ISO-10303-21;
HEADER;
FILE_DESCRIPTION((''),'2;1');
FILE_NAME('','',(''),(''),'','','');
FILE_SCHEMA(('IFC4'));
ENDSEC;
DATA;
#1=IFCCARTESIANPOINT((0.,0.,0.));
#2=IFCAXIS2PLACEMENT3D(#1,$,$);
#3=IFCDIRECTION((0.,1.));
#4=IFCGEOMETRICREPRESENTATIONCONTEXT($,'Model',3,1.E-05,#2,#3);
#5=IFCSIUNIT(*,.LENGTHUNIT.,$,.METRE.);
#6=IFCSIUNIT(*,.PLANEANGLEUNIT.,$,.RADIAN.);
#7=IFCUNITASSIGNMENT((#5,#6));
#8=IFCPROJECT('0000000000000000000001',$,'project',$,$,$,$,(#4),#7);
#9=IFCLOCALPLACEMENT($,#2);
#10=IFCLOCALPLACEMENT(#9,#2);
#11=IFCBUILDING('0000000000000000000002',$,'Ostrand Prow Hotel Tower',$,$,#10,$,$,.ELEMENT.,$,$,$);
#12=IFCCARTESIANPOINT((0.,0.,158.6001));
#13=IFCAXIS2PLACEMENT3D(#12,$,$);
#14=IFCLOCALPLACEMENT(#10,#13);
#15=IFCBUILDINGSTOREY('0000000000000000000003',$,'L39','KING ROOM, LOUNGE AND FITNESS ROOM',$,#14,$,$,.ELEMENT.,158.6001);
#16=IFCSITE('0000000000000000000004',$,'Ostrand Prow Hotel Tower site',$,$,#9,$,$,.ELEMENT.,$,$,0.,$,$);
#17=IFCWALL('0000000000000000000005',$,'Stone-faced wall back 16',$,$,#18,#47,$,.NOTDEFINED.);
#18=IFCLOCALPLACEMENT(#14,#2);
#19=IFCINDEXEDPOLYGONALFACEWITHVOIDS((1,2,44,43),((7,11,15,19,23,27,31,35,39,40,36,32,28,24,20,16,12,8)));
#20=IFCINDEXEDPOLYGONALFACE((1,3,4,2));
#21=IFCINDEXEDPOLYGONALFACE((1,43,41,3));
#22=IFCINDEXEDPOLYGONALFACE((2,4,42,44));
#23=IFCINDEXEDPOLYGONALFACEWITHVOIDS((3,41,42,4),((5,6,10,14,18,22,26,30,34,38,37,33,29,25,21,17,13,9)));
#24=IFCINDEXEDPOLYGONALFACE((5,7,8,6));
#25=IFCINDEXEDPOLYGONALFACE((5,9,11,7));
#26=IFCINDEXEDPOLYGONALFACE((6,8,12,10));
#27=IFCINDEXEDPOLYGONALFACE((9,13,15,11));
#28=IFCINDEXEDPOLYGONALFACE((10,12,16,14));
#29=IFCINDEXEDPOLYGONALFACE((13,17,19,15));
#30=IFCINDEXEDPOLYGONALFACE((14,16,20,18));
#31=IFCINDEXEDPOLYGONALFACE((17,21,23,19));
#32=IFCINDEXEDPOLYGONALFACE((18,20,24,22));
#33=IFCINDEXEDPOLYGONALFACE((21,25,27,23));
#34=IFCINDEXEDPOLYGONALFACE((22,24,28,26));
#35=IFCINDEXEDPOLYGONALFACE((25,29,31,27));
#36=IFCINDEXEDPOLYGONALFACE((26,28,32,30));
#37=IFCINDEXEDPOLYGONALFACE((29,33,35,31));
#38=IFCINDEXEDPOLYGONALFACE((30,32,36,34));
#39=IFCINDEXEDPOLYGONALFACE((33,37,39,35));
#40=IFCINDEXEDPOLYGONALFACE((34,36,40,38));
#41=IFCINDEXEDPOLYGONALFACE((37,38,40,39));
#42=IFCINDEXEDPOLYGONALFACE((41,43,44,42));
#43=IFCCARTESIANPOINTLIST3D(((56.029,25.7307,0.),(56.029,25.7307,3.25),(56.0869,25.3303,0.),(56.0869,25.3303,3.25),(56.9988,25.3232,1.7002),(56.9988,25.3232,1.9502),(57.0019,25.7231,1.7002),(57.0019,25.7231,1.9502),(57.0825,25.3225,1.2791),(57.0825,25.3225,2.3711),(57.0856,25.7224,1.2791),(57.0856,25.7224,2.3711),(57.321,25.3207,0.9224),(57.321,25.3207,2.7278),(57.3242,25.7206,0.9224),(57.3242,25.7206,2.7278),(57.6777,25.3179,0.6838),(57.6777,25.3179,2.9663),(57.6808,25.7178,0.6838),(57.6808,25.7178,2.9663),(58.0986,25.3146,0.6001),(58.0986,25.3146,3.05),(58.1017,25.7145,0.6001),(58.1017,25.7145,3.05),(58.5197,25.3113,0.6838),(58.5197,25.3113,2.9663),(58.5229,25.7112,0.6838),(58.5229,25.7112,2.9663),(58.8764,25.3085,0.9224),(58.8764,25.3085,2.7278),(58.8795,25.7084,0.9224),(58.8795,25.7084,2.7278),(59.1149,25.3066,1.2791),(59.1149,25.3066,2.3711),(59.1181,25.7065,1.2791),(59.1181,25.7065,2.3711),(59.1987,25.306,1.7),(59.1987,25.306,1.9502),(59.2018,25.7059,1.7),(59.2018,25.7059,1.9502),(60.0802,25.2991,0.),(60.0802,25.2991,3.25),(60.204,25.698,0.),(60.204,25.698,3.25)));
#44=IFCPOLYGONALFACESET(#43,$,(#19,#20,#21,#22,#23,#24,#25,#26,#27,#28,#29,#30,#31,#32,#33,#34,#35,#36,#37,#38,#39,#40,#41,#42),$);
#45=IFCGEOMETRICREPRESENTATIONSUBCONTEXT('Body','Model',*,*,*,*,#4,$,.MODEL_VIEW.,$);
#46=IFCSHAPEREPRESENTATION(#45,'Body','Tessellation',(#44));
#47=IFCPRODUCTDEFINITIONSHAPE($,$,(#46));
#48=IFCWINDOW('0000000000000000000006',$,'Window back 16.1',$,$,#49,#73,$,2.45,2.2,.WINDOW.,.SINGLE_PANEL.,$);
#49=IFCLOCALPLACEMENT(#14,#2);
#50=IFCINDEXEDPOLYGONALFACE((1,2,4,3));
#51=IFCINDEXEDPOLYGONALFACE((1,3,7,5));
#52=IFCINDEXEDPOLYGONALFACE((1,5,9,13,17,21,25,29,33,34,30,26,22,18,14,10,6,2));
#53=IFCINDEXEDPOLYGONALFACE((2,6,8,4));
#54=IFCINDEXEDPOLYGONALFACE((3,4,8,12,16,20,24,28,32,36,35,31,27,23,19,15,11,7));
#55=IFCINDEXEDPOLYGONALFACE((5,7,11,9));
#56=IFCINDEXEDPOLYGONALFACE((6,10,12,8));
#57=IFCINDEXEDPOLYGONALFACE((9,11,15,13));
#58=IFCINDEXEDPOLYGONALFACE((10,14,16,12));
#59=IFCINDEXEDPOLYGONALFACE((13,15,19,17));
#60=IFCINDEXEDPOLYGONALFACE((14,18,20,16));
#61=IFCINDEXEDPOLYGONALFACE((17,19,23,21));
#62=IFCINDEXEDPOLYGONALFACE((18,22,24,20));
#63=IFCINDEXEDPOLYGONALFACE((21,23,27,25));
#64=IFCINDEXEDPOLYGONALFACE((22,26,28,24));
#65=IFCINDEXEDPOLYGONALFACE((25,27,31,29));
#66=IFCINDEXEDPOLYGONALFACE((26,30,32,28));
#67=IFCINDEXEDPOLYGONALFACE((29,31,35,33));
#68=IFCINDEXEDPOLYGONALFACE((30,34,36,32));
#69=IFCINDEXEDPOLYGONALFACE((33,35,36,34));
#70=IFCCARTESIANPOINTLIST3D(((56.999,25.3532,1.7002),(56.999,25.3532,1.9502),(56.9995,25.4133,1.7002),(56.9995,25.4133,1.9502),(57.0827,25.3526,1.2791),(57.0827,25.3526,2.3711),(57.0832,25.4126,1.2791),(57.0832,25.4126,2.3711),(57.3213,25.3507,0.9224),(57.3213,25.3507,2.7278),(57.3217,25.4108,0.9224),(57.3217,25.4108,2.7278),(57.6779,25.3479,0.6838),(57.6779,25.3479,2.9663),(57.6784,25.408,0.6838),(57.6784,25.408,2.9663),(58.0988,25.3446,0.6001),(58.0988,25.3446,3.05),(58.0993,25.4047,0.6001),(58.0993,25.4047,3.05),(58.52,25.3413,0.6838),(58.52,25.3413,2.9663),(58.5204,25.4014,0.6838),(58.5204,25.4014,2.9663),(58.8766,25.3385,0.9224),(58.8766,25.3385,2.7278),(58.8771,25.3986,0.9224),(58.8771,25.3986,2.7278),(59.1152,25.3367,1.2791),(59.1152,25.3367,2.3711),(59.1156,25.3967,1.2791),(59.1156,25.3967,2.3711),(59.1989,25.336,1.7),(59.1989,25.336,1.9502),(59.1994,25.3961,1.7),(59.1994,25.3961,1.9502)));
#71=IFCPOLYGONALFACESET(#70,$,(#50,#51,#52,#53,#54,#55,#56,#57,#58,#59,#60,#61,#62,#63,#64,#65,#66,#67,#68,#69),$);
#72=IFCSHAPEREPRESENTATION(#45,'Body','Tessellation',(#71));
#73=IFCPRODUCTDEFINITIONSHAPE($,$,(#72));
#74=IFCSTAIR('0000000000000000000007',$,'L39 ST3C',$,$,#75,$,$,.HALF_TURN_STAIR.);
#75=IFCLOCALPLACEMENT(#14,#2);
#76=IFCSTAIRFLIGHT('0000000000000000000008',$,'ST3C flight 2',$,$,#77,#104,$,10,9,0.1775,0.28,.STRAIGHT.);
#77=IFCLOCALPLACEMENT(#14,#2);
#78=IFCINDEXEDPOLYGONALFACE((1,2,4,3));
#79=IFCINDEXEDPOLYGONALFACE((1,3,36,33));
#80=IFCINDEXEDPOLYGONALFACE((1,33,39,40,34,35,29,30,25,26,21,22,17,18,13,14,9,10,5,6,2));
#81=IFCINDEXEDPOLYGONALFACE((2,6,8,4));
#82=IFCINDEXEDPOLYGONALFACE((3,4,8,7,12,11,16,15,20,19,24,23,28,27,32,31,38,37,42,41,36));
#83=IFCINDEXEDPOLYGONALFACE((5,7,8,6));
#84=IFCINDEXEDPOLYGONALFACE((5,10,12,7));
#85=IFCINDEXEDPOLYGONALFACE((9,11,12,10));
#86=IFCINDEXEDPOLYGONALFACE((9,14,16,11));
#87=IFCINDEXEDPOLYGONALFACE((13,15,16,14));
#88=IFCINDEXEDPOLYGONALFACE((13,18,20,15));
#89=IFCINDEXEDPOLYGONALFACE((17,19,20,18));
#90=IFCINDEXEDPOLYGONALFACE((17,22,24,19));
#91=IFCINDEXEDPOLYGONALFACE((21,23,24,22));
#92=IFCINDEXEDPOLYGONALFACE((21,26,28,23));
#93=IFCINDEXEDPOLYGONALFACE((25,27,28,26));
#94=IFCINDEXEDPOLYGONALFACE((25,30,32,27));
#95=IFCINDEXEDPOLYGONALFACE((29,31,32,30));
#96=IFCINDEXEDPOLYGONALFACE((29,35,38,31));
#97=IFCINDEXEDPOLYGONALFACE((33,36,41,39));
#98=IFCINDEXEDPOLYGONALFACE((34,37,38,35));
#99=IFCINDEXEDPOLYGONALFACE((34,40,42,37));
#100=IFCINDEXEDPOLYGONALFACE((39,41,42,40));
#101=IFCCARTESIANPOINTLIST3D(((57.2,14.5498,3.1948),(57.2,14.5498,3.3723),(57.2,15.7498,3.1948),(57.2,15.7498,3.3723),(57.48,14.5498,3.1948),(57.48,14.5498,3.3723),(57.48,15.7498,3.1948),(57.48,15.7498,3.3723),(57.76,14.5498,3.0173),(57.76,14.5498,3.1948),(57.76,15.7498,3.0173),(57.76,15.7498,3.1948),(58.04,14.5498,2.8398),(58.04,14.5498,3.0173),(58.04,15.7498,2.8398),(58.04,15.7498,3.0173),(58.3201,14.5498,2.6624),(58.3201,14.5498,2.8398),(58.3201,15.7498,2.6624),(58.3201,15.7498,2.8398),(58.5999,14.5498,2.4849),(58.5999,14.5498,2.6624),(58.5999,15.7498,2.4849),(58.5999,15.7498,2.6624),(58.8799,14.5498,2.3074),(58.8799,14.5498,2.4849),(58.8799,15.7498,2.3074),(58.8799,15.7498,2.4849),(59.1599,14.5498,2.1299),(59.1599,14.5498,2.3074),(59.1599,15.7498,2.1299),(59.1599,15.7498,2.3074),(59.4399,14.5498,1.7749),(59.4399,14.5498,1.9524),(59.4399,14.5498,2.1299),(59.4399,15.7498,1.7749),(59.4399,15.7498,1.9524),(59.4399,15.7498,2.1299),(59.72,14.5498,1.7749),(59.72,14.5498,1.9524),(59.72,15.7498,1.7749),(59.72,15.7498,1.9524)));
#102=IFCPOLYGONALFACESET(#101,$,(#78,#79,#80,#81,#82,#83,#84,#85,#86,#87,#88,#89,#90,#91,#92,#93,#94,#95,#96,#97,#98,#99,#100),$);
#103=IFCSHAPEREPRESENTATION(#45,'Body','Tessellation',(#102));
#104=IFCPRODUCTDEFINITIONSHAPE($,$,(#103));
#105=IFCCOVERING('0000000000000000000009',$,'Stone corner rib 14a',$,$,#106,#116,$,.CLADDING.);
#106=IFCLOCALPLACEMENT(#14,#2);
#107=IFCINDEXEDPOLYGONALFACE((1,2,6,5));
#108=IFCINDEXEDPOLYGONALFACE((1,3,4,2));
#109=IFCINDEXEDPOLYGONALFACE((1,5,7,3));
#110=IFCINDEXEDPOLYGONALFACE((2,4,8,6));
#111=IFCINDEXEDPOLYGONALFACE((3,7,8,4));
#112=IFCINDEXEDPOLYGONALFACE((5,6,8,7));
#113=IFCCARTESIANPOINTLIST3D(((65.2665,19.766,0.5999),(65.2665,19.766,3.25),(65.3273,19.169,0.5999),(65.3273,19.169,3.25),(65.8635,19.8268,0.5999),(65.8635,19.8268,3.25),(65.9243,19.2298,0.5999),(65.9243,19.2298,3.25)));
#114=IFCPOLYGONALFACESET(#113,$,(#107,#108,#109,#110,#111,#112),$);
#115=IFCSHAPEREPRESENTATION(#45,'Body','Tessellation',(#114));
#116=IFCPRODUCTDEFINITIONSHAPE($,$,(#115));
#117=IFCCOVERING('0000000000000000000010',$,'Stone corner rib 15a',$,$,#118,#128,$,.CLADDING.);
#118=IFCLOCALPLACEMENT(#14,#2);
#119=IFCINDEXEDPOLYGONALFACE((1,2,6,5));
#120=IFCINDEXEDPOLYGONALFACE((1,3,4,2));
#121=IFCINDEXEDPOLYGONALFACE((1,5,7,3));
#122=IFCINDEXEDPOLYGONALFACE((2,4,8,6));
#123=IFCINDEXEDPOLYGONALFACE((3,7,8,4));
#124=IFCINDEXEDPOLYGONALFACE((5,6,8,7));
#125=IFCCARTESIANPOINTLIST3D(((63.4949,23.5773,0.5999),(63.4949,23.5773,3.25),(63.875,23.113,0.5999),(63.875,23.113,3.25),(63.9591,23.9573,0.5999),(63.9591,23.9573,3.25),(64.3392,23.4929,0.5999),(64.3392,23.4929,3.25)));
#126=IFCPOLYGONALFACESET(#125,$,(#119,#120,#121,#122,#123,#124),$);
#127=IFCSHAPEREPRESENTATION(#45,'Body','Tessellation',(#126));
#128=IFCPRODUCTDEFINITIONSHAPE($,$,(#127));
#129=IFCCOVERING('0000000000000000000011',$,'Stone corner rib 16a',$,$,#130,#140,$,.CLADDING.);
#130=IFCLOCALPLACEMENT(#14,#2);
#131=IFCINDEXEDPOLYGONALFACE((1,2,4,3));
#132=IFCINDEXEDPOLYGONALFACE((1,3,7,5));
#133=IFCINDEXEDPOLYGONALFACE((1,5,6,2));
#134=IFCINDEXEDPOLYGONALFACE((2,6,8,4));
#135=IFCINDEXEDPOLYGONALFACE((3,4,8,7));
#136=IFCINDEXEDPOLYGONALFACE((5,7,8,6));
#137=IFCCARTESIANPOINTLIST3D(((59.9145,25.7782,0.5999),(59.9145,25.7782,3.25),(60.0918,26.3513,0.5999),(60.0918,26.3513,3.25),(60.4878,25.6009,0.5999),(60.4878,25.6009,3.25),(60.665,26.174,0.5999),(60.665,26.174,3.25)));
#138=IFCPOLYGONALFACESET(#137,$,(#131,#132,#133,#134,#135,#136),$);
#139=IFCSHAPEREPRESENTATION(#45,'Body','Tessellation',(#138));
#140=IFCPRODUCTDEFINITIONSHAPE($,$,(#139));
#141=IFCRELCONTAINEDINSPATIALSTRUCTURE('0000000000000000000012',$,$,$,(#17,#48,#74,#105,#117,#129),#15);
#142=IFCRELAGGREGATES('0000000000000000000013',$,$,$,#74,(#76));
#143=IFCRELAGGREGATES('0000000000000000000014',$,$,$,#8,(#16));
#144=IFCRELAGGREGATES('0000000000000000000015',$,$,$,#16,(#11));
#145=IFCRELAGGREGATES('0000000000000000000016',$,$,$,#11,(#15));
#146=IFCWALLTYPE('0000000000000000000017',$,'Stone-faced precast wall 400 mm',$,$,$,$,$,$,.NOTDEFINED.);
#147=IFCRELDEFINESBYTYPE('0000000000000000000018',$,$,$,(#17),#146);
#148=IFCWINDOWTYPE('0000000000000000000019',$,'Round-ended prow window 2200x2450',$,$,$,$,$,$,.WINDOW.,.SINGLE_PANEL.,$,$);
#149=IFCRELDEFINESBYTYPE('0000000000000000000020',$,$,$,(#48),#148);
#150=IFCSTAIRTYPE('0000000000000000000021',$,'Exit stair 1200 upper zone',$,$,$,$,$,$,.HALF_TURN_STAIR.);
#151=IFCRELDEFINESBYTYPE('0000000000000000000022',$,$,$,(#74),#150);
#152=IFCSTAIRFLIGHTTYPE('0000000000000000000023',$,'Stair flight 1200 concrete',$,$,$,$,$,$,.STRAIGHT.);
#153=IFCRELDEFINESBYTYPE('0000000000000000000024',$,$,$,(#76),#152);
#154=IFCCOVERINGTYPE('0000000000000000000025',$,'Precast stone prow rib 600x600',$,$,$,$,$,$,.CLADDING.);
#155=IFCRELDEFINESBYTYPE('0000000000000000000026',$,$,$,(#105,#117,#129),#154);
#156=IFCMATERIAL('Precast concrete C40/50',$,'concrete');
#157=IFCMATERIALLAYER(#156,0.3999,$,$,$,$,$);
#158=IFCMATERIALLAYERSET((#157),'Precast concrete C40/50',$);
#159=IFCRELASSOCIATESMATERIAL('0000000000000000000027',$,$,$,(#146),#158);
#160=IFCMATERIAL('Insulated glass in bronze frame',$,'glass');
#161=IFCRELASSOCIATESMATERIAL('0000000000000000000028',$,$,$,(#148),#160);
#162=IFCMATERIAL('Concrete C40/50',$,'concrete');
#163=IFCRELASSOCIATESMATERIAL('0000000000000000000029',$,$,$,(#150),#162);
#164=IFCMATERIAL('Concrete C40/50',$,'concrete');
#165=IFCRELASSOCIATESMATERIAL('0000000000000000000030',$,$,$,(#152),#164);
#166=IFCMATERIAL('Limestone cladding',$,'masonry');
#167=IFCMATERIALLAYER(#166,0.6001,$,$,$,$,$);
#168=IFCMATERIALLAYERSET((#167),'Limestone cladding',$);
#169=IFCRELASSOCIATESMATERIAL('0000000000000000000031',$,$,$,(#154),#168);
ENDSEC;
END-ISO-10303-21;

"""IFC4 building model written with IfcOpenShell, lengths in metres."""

from ifc_helpers import new_model, si_unit, direction, frame, frame_2d, origin, place, context, subcontext, project, spatial, polyline, rectangle, outline, extrude, material, layer, layer_set, type_object, element, fill, aggregate, save


model = new_model("IFC4")

# Units and contexts
model_context = context("Model", 3, precision=1e-05, world=origin(), true_north=direction((0.0, 1.0)))
body_context = subcontext(model_context, "Body", "Model", "MODEL_VIEW")
ifc_project = project(units=[si_unit("LENGTHUNIT", "METRE"), si_unit("PLANEANGLEUNIT", "RADIAN")], contexts=[model_context])

# Site, building, storey
site_placement = place(None, origin())
site = spatial("IfcSite", under=ifc_project, at=site_placement, Name="Ostrand Prow Hotel Tower site", CompositionType="ELEMENT", RefElevation=0.0)
building_placement = place(site_placement, origin())
building = spatial("IfcBuilding", under=site, at=building_placement, Name="Ostrand Prow Hotel Tower", CompositionType="ELEMENT")
storey_placement = place(building_placement, frame((0.0, 0.0, 158.6001)))
storey = spatial("IfcBuildingStorey", under=building, at=storey_placement, Name="L39", Description="KING ROOM, LOUNGE AND FITNESS ROOM", CompositionType="ELEMENT", Elevation=158.6001)

# Shared definitions
ifc_material_1 = material(Name="Precast concrete C40/50", Category="concrete")
ifc_layer_1 = layer(ifc_material_1, 0.3999)
ifc_layer_set_1 = layer_set([ifc_layer_1], Name="Precast concrete C40/50")
wall_type_1 = type_object("IfcWallType", Name="Stone-faced precast wall 400 mm", PredefinedType="NOTDEFINED", material=ifc_layer_set_1)

# Wall, opening, window
ifc_material_2 = material(Name="Insulated glass in bronze frame", Category="glass")
window_type = type_object("IfcWindowType", Name="Round-ended prow window 2200x2450", PartitioningType="SINGLE_PANEL", PredefinedType="WINDOW", material=ifc_material_2)
wall_1_placement = place(storey_placement, frame((60.1421, 25.4985, 0.0), z_axis=(0.0, 0.0, 1.0), x_axis=(-0.999969, 0.007831, 0.0)))
wall_1 = element("IfcWall", 1, at=wall_1_placement, inside=storey, type_object=wall_type_1, Name="Stone-faced wall back 16", PredefinedType="NOTDEFINED", context=body_context, shape_type="SweptSolid", body=[
    extrude(outline(polyline([(-0.0603, -0.2), (4.1147, -0.2), (4.0537, 0.2), (0.0603, 0.2), (-0.0603, -0.2)])), origin(), (0.0, 0.0, 1.0), 3.25),
])
opening_1_placement = place(wall_1_placement, frame((0.9419, 0.0, 0.6001)))
opening_1 = element("IfcOpeningElement", 2, at=opening_1_placement, cuts=wall_1, PredefinedType="OPENING", context=body_context, shape_type="SweptSolid", body=[
    extrude(outline(polyline([(0.0, 1.3501), (0.0837, 1.771), (0.3223, 2.1277), (0.679, 2.3662), (1.1001, 2.45), (1.521, 2.3662), (1.8777, 2.1277), (2.1162, 1.771), (2.2, 1.3501), (2.2, 1.1001), (2.1162, 0.679), (1.8777, 0.3223), (1.521, 0.0837), (1.1001, 0.0), (0.679, 0.0837), (0.3223, 0.3223), (0.0837, 0.679), (0.0, 1.0999), (0.0, 1.3501)])), frame((0.0, 0.21, 0.0), z_axis=(0.0, -1.0, 0.0), x_axis=(1.0, 0.0, 0.0)), (0.0, 0.0, 1.0), 0.4199),
])
window_1_placement = place(opening_1_placement, origin())
window_1 = element("IfcWindow", 3, at=window_1_placement, inside=storey, type_object=window_type, Name="Window back 16.1", OverallHeight=2.45, OverallWidth=2.2, PartitioningType="SINGLE_PANEL", PredefinedType="WINDOW", context=body_context, shape_type="SweptSolid", body=[
    extrude(outline(polyline([(0.0, 1.3501), (0.0837, 1.771), (0.3223, 2.1277), (0.679, 2.3662), (1.1001, 2.45), (1.521, 2.3662), (1.8777, 2.1277), (2.1162, 1.771), (2.2, 1.3501), (2.2, 1.1001), (2.1162, 0.679), (1.8777, 0.3223), (1.521, 0.0837), (1.1001, 0.0), (0.679, 0.0837), (0.3223, 0.3223), (0.0837, 0.679), (0.0, 1.0999), (0.0, 1.3501)])), frame((0.0, 0.1699, 0.0), z_axis=(0.0, -1.0, 0.0), x_axis=(1.0, 0.0, 0.0)), (0.0, 0.0, 1.0), 0.0601),
])
fill(opening_1, window_1)

# Stair, stair flight
ifc_material_3 = material(Name="Concrete C40/50", Category="concrete")
stair_type = type_object("IfcStairType", Name="Exit stair 1200 upper zone", PredefinedType="HALF_TURN_STAIR", material=ifc_material_3)
stair_placement = place(storey_placement, origin())
stair = element("IfcStair", 4, at=stair_placement, inside=storey, type_object=stair_type, Name="L39 ST3C", PredefinedType="HALF_TURN_STAIR")
ifc_material_4 = material(Name="Concrete C40/50", Category="concrete")
stair_flight_type = type_object("IfcStairFlightType", Name="Stair flight 1200 concrete", PredefinedType="STRAIGHT", material=ifc_material_4)
stair_flight_placement = place(storey_placement, frame((59.72, 15.1499, 1.7749), z_axis=(0.0, 0.0, 1.0), x_axis=(-1.0, 0.0, 0.0)))
stair_flight = element("IfcStairFlight", 5, at=stair_flight_placement, type_object=stair_flight_type, Name="ST3C flight 2", NumberOfRisers=10, NumberOfTreads=9, PredefinedType="STRAIGHT", RiserHeight=0.1775, TreadLength=0.28, context=body_context, shape_type="SweptSolid", body=[
    extrude(outline(polyline([(0.0, 0.0), (0.0, 0.1775), (0.28, 0.1775), (0.28, 0.355), (0.5601, 0.355), (0.5601, 0.5325), (0.8401, 0.5325), (0.8401, 0.71), (1.1201, 0.71), (1.1201, 0.8875), (1.3999, 0.8875), (1.3999, 1.0649), (1.6799, 1.0649), (1.6799, 1.2424), (1.96, 1.2424), (1.96, 1.4199), (2.24, 1.4199), (2.24, 1.5974), (2.52, 1.5974), (2.52, 1.7749), (2.52, 1.4199), (0.28, 0.0), (0.0, 0.0)])), frame((0.0, 0.6001, 0.0), z_axis=(0.0, -1.0, 0.0), x_axis=(1.0, 0.0, 0.0)), (0.0, 0.0, 1.0), 1.2),
])
aggregate(stair, [stair_flight])

# Coverings
ifc_material_5 = material(Name="Limestone cladding", Category="masonry")
ifc_layer_2 = layer(ifc_material_5, 0.6001)
ifc_layer_set_2 = layer_set([ifc_layer_2], Name="Limestone cladding")
covering_type = type_object("IfcCoveringType", Name="Precast stone prow rib 600x600", PredefinedType="CLADDING", material=ifc_layer_set_2)
covering_placement = place(storey_placement, frame((65.2969, 19.4675, 0.5999), z_axis=(0.0, 0.0, 1.0), x_axis=(0.994854, 0.101316, 0.0)))
element("IfcCovering", 6, at=covering_placement, inside=storey, type_object=covering_type, Name="Stone corner rib 14a", PredefinedType="CLADDING", context=body_context, shape_type="SweptSolid", body=[
    extrude(rectangle(XDim=0.6001, YDim=0.6001, at=frame_2d((0.3, 0.0))), origin(), (0.0, 0.0, 1.0), 2.6501),
])
for number, where, z_axis, x_axis, name in (
    (7, (63.6851, 23.3452, 0.5999), (0.0, 0.0, 1.0), (0.77383, 0.633393, 0.0), "Stone corner rib 15a"),
    (8, (60.2012, 25.6897, 0.5999), (0.0, 0.0, 1.0), (0.295516, 0.955338, 0.0), "Stone corner rib 16a"),
):
    element("IfcCovering", number, at=place(storey_placement, frame(where, z_axis=z_axis, x_axis=x_axis)), inside=storey, type_object=covering_type, Name=name, PredefinedType="CLADDING", context=body_context, shape_type="SweptSolid", body=[
        extrude(rectangle(XDim=0.5999, YDim=0.6001, at=frame_2d((0.2998, 0.0))), origin(), (0.0, 0.0, 1.0), 2.6501),
    ])

save(model, "model.ifc")
